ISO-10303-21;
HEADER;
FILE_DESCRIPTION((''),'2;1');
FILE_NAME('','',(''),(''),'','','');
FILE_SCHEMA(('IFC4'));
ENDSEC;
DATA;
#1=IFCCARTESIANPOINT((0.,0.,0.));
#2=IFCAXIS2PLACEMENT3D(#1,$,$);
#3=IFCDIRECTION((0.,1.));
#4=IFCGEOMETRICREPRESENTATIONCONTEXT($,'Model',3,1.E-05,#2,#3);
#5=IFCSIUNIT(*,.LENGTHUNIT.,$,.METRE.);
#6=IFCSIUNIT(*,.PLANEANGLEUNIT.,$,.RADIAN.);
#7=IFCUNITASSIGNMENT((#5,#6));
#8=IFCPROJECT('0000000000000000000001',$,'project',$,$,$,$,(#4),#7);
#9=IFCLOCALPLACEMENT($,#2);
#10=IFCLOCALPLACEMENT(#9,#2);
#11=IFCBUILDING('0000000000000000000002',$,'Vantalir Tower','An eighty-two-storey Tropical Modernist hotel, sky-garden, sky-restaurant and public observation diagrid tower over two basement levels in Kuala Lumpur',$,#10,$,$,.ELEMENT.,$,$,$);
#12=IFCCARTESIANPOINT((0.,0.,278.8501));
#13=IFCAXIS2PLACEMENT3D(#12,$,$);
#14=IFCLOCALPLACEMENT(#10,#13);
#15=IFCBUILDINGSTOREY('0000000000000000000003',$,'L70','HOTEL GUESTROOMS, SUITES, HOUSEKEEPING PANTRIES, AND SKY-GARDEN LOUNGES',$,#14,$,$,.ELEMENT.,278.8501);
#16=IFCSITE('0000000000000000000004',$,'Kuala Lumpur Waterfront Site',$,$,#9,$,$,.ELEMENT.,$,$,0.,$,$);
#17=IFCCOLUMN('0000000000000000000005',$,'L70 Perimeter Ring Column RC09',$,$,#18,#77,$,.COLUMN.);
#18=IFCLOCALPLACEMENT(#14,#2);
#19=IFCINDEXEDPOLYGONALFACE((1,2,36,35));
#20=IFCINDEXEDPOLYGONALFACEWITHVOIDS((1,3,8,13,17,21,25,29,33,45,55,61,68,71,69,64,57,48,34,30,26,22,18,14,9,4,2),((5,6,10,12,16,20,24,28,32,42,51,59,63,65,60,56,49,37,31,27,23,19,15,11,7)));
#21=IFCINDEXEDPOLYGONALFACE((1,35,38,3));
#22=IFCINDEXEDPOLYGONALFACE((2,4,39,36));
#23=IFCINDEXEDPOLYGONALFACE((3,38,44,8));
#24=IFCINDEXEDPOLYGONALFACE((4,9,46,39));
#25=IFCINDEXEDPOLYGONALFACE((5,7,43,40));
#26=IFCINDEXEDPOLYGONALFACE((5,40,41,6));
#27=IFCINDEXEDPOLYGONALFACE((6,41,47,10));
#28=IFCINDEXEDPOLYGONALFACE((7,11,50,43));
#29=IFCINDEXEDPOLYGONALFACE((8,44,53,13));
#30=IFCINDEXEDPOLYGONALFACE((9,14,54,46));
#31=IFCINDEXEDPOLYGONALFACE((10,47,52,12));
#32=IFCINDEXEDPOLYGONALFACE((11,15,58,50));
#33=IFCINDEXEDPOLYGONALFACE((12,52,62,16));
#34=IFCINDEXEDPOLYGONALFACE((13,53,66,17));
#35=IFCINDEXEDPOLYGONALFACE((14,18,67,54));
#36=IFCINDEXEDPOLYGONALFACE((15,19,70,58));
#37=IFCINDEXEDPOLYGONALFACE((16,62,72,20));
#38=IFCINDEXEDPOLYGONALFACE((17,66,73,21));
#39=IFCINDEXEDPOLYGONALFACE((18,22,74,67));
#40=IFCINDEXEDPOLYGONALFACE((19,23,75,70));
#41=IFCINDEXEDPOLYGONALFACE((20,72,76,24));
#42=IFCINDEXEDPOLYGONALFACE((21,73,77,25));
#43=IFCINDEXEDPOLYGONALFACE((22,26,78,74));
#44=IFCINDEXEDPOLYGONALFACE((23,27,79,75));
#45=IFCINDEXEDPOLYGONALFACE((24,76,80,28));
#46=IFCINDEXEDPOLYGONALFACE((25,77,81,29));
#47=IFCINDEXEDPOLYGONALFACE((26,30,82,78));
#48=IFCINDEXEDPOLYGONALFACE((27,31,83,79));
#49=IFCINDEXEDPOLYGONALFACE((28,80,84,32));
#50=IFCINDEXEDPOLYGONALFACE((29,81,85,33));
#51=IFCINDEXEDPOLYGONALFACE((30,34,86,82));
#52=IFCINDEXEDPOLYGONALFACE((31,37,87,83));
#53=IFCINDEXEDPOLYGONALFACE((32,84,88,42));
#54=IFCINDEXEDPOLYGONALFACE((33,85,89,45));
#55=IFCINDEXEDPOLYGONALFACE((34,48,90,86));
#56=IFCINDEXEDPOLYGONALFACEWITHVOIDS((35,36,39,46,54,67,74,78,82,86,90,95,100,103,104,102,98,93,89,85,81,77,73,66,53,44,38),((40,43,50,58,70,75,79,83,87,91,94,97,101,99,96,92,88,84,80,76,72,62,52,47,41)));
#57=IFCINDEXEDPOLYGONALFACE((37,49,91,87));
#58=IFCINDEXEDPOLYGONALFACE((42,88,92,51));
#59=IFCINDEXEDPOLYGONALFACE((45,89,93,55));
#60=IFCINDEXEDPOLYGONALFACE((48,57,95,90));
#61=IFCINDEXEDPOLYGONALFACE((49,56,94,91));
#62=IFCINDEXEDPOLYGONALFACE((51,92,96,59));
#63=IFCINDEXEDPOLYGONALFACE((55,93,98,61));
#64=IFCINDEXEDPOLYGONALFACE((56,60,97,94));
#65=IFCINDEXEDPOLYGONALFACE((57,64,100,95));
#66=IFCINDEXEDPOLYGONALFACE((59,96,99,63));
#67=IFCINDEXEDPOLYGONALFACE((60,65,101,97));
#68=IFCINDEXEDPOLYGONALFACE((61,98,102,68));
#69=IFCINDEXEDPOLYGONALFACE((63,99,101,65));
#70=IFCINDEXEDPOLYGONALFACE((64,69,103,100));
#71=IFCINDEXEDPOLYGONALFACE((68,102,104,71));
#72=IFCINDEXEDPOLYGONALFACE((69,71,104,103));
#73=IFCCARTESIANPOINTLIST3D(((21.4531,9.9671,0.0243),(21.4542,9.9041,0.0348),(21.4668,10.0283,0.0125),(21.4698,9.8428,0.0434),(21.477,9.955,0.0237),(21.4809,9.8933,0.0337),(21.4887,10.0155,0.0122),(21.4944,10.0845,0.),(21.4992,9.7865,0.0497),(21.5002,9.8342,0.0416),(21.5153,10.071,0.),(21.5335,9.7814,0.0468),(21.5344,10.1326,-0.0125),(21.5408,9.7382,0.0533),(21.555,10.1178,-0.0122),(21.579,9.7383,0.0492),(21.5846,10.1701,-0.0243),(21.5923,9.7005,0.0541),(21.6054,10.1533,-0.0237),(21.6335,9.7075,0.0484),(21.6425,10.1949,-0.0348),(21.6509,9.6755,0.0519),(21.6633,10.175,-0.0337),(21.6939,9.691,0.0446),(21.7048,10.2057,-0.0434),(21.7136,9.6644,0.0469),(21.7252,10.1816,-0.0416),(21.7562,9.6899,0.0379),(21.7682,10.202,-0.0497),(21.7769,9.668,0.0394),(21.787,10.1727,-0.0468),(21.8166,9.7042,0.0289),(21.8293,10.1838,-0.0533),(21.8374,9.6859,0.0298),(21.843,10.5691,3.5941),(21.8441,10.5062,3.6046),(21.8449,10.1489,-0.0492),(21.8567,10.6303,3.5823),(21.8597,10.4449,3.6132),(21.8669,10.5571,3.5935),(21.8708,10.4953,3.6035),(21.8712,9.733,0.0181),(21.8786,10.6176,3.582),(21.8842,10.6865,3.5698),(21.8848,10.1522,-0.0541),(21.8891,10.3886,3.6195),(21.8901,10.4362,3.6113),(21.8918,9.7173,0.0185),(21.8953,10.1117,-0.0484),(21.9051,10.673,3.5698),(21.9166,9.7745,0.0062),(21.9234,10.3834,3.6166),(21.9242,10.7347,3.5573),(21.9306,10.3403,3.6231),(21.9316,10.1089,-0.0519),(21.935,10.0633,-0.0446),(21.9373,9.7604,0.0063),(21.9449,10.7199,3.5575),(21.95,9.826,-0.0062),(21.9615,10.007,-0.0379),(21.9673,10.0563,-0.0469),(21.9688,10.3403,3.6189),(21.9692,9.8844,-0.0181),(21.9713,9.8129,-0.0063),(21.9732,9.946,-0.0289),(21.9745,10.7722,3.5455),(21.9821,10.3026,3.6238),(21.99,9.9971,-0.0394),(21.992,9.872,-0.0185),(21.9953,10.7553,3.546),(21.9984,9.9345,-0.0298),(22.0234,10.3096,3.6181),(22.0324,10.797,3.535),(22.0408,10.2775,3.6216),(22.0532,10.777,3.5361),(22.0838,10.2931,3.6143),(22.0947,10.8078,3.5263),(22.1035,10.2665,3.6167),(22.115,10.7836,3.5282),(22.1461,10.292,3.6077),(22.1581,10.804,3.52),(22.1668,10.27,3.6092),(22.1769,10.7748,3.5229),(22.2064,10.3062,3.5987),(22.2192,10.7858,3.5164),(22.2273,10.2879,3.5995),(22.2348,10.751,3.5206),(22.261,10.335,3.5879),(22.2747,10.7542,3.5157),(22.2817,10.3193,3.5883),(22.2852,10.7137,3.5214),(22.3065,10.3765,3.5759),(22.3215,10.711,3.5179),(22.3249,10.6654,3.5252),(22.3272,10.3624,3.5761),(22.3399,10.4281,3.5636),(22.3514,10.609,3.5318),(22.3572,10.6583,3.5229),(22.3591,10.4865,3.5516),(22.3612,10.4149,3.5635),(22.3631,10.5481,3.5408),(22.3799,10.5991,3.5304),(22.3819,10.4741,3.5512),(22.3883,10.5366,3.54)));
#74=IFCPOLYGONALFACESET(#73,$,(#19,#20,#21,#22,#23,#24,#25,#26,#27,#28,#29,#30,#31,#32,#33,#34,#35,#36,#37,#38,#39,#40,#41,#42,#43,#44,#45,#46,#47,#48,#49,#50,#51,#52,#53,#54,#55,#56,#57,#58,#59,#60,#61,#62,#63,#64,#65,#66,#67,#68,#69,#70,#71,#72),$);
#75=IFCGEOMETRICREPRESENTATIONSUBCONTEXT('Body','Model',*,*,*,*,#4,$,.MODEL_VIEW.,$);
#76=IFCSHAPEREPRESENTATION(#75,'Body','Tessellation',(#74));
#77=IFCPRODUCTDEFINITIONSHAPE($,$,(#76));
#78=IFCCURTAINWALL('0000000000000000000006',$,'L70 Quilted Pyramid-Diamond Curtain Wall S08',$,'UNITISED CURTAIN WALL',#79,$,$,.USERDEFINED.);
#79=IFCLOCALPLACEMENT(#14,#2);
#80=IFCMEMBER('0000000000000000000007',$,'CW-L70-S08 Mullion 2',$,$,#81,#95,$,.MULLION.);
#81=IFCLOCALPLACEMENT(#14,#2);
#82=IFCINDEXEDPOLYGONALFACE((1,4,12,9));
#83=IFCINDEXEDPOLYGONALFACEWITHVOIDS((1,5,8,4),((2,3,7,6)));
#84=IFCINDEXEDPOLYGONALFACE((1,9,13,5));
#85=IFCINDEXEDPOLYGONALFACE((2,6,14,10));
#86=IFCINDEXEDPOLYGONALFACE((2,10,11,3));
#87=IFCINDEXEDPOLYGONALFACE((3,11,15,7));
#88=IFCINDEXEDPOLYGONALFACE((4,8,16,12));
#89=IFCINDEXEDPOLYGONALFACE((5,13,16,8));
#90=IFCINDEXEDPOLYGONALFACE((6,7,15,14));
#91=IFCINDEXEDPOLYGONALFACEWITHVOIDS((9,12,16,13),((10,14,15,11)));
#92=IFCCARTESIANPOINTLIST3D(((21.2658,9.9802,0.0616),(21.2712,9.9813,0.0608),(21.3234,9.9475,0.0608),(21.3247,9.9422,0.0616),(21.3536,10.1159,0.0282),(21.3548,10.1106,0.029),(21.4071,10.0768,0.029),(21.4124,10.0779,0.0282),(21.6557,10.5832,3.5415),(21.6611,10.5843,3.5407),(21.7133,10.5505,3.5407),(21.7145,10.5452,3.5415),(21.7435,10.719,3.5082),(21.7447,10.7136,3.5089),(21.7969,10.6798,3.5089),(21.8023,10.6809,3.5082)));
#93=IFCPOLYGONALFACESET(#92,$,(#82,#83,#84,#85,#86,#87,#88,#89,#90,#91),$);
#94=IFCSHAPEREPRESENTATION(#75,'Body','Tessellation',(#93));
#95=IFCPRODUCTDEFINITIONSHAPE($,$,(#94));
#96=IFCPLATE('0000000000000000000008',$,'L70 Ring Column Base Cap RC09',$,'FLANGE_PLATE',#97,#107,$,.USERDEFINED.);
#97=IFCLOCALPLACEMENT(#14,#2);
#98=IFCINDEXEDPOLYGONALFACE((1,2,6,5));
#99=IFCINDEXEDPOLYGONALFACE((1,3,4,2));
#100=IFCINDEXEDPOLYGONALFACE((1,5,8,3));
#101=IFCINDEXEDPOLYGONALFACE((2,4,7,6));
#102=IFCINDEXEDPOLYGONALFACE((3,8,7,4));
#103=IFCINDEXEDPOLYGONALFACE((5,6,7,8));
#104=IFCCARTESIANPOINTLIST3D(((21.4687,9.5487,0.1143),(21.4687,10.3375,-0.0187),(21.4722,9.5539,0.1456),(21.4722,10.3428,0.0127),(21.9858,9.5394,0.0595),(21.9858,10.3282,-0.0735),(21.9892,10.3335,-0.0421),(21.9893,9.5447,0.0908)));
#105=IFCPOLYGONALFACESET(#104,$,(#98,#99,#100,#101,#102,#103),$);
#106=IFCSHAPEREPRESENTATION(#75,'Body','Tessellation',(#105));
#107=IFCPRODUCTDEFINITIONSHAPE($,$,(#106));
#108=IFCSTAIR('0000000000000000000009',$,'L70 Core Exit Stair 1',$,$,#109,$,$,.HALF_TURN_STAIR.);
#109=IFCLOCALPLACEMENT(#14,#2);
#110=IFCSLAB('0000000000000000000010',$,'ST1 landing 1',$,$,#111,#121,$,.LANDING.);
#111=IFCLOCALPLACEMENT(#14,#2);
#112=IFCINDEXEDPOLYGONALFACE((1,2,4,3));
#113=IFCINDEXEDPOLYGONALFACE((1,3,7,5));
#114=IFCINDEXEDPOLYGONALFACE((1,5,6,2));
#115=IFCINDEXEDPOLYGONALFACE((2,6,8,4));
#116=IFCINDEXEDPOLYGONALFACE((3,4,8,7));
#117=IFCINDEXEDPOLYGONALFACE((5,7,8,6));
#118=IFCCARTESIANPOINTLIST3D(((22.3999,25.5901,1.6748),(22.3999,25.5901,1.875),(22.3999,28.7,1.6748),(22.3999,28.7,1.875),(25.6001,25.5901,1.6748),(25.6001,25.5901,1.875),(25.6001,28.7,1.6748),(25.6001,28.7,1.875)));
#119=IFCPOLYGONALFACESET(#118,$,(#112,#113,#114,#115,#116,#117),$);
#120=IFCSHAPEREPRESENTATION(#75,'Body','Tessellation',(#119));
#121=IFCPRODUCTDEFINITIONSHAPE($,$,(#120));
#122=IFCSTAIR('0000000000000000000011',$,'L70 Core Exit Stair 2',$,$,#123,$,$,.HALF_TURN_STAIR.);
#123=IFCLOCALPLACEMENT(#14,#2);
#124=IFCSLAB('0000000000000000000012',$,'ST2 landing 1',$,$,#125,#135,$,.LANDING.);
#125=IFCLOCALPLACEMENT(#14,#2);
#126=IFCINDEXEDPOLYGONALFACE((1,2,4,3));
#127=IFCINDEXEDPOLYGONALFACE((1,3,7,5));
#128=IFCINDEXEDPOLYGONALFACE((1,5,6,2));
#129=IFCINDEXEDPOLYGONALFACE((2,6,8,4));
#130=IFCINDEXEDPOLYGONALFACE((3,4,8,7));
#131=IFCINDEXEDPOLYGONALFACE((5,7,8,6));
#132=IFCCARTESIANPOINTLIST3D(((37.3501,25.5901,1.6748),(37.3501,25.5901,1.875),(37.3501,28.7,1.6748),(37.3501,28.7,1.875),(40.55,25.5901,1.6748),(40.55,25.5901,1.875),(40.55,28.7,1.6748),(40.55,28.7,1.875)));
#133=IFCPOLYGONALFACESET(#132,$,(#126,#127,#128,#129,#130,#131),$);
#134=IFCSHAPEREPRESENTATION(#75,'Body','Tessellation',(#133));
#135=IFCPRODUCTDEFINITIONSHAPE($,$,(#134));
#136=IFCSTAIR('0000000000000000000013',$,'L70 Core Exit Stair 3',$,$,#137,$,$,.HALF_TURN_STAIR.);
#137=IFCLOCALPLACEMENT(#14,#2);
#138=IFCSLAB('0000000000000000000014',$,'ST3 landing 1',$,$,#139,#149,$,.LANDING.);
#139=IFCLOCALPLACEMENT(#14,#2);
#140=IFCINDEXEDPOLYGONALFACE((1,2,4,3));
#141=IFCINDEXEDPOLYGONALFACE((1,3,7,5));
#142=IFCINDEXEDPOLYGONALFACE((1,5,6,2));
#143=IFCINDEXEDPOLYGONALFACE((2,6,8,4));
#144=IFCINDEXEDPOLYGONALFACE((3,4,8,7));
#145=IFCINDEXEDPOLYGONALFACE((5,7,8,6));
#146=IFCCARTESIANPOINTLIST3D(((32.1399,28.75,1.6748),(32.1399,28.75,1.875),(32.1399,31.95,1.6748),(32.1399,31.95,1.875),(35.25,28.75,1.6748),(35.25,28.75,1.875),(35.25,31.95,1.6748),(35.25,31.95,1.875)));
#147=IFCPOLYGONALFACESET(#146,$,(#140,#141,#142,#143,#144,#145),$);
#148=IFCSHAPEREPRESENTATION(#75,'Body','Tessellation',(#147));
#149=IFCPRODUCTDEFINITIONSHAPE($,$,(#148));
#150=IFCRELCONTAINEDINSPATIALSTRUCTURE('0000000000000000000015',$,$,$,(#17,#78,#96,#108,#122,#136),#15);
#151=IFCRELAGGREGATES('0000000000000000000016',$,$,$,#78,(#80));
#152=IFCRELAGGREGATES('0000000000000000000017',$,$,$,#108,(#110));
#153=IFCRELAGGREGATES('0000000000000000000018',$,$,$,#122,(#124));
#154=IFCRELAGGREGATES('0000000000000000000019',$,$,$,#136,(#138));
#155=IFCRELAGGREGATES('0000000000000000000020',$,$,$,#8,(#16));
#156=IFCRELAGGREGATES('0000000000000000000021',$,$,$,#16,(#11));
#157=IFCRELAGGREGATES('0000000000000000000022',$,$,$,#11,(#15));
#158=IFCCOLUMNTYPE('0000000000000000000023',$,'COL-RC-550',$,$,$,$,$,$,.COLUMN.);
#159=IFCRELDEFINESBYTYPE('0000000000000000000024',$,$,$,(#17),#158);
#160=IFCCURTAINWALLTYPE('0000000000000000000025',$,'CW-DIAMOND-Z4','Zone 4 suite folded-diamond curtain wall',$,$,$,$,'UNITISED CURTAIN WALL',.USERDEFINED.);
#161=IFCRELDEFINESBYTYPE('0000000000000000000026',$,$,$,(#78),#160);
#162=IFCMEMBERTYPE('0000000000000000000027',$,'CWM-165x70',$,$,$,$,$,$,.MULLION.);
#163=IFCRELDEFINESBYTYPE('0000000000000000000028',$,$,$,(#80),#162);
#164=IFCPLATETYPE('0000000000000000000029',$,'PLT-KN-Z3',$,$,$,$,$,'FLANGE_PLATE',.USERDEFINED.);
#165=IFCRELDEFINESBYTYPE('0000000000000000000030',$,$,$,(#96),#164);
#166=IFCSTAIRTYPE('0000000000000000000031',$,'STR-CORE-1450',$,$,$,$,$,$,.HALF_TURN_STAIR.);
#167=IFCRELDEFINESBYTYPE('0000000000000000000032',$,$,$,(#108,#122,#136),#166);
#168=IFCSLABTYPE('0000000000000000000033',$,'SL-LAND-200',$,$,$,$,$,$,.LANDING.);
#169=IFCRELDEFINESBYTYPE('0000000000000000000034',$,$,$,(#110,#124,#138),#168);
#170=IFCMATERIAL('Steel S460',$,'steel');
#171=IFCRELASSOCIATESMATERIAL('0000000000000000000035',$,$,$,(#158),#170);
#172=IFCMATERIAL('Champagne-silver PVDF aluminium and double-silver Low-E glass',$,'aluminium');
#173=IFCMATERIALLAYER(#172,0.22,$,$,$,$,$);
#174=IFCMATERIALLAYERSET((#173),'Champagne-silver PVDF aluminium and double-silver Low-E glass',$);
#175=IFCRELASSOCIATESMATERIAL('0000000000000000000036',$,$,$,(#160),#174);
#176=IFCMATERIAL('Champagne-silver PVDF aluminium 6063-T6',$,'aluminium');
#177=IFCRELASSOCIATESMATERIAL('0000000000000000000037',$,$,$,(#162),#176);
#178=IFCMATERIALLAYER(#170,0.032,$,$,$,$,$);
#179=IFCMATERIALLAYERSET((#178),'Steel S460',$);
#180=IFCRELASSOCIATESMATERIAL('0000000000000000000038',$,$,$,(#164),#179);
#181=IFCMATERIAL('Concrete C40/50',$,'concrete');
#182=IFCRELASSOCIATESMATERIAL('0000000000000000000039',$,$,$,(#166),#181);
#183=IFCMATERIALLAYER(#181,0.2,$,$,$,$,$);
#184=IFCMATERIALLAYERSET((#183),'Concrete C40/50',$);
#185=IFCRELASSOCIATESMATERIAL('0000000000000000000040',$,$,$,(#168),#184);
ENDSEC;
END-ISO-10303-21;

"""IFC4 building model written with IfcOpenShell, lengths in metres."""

from ifc_helpers import new_model, si_unit, direction, frame, origin, origin_2d, place, context, subcontext, project, spatial, polyline, hollow_rectangle, hollow_circle, outline, extrude, material, layer, layer_set, material_profile, profile_set, type_object, element, aggregate, save


model = new_model("IFC4")

# Units and contexts
model_context = context("Model", 3, precision=1e-05, world=origin(), true_north=direction((0.0, 1.0)))
body_context = subcontext(model_context, "Body", "Model", "MODEL_VIEW")
ifc_project = project(units=[si_unit("LENGTHUNIT", "METRE"), si_unit("PLANEANGLEUNIT", "RADIAN")], contexts=[model_context])

# Site, building, storey
site_placement = place(None, origin())
site = spatial("IfcSite", under=ifc_project, at=site_placement, Name="Kuala Lumpur Waterfront Site", CompositionType="ELEMENT", RefElevation=0.0)
building_placement = place(site_placement, origin())
building = spatial("IfcBuilding", under=site, at=building_placement, Name="Vantalir Tower", Description="An eighty-two-storey Tropical Modernist hotel, sky-garden, sky-restaurant and public observation diagrid tower over two basement levels in Kuala Lumpur", CompositionType="ELEMENT")
storey_placement = place(building_placement, frame((0.0, 0.0, 278.8501)))
storey = spatial("IfcBuildingStorey", under=building, at=storey_placement, Name="L70", Description="HOTEL GUESTROOMS, SUITES, HOUSEKEEPING PANTRIES, AND SKY-GARDEN LOUNGES", CompositionType="ELEMENT", Elevation=278.8501)

# Column
ifc_material_1 = material(Name="Steel S460", Category="steel")
ifc_material_profile_1 = material_profile(ifc_material_1, hollow_circle(Radius=0.2749, WallThickness=0.0249, at=origin_2d()), Name="Steel S460")
ifc_profile_set_1 = profile_set([ifc_material_profile_1], Name="Steel S460")
column_type = type_object("IfcColumnType", Name="COL-RC-550", PredefinedType="COLUMN", material=ifc_profile_set_1)
column_placement = place(storey_placement, frame((21.7251, 9.9351, 0.0), z_axis=(0.107079, 0.165345, 0.980406), x_axis=(-0.83936, 0.543576, 0.0)))
element("IfcColumn", 1, at=column_placement, inside=storey, type_object=column_type, Name="L70 Perimeter Ring Column RC09", PredefinedType="COLUMN", context=body_context, shape_type="SweptSolid", body=[
    extrude(hollow_circle(Radius=0.2749, WallThickness=0.0249, at=origin_2d()), origin(), (0.0, 0.0, 1.0), 3.6411),
])

# Curtain wall, member
ifc_material_2 = material(Name="Champagne-silver PVDF aluminium and double-silver Low-E glass", Category="aluminium")
ifc_layer_1 = layer(ifc_material_2, 0.22)
ifc_layer_set_1 = layer_set([ifc_layer_1], Name="Champagne-silver PVDF aluminium and double-silver Low-E glass")
curtain_wall_type = type_object("IfcCurtainWallType", Name="CW-DIAMOND-Z4", Description="Zone 4 suite folded-diamond curtain wall", ElementType="UNITISED CURTAIN WALL", PredefinedType="USERDEFINED", material=ifc_layer_set_1)
curtain_wall_placement = place(storey_placement, origin())
curtain_wall = element("IfcCurtainWall", 2, at=curtain_wall_placement, inside=storey, type_object=curtain_wall_type, Name="L70 Quilted Pyramid-Diamond Curtain Wall S08", ObjectType="UNITISED CURTAIN WALL", PredefinedType="USERDEFINED")
ifc_material_3 = material(Name="Champagne-silver PVDF aluminium 6063-T6", Category="aluminium")
ifc_material_profile_2 = material_profile(ifc_material_3, hollow_rectangle(XDim=0.0701, YDim=0.165, WallThickness=0.0039, at=origin_2d()), Name="Champagne-silver PVDF aluminium 6063-T6")
ifc_profile_set_2 = profile_set([ifc_material_profile_2], Name="Champagne-silver PVDF aluminium 6063-T6")
member_type = type_object("IfcMemberType", Name="CWM-165x70", PredefinedType="MULLION", material=ifc_profile_set_2)
member_placement = place(storey_placement, frame((21.3391, 10.0291, 0.0449), z_axis=(0.109727, 0.169709, 0.979367), x_axis=(-0.839762, 0.542955, 0.0)))
member = element("IfcMember", 3, at=member_placement, type_object=member_type, Name="CW-L70-S08 Mullion 2", PredefinedType="MULLION", context=body_context, shape_type="SweptSolid", body=[
    extrude(hollow_rectangle(XDim=0.0701, YDim=0.165, WallThickness=0.0039, at=origin_2d()), origin(), (0.0, 0.0, 1.0), 3.5532),
])
aggregate(curtain_wall, [member])

# Plate
ifc_layer_2 = layer(ifc_material_1, 0.032)
ifc_layer_set_2 = layer_set([ifc_layer_2], Name="Steel S460")
plate_type = type_object("IfcPlateType", Name="PLT-KN-Z3", ElementType="FLANGE_PLATE", PredefinedType="USERDEFINED", material=ifc_layer_set_2)
plate_placement = place(storey_placement, frame((21.4722, 10.3428, 0.0127), z_axis=(0.106888, 0.165228, 0.980446), x_axis=(-0.000016, -0.986095, 0.166182)))
element("IfcPlate", 4, at=plate_placement, inside=storey, type_object=plate_type, Name="L70 Ring Column Base Cap RC09", ObjectType="FLANGE_PLATE", PredefinedType="USERDEFINED", context=body_context, shape_type="SweptSolid", body=[
    extrude(outline(polyline([(0.0, 0.0), (0.8, 0.0), (0.8, 0.5201), (0.0001, 0.5201), (0.0, 0.0)])), origin(), (0.0, 0.0, -1.0), 0.032),
])

# Stairs, slabs
ifc_material_4 = material(Name="Concrete C40/50", Category="concrete")
stair_type = type_object("IfcStairType", Name="STR-CORE-1450", PredefinedType="HALF_TURN_STAIR", material=ifc_material_4)
stair_1_placement = place(storey_placement, origin())
stair_1 = element("IfcStair", 5, at=stair_1_placement, inside=storey, type_object=stair_type, Name="L70 Core Exit Stair 1", PredefinedType="HALF_TURN_STAIR")
ifc_layer_3 = layer(ifc_material_4, 0.2)
ifc_layer_set_3 = layer_set([ifc_layer_3], Name="Concrete C40/50")
slab_type_1 = type_object("IfcSlabType", Name="SL-LAND-200", PredefinedType="LANDING", material=ifc_layer_set_3)
slab_1_placement = place(storey_placement, frame((0.0, 0.0, 1.6748)))
slab_1 = element("IfcSlab", 6, at=slab_1_placement, type_object=slab_type_1, Name="ST1 landing 1", PredefinedType="LANDING", context=body_context, shape_type="SweptSolid", body=[
    extrude(outline(polyline([(25.6001, 25.5901), (25.6001, 28.7), (22.3999, 28.7), (22.3999, 25.5901), (25.6001, 25.5901)])), origin(), (0.0, 0.0, 1.0), 0.2002),
])
aggregate(stair_1, [slab_1])
stair_2_placement = place(storey_placement, origin())
stair_2 = element("IfcStair", 7, at=stair_2_placement, inside=storey, type_object=stair_type, Name="L70 Core Exit Stair 2", PredefinedType="HALF_TURN_STAIR")
slab_2_placement = place(storey_placement, frame((0.0, 0.0, 1.6748)))
slab_2 = element("IfcSlab", 8, at=slab_2_placement, type_object=slab_type_1, Name="ST2 landing 1", PredefinedType="LANDING", context=body_context, shape_type="SweptSolid", body=[
    extrude(outline(polyline([(40.55, 25.5901), (40.55, 28.7), (37.3501, 28.7), (37.3501, 25.5901), (40.55, 25.5901)])), origin(), (0.0, 0.0, 1.0), 0.2002),
])
aggregate(stair_2, [slab_2])
stair_3_placement = place(storey_placement, origin())
stair_3 = element("IfcStair", 9, at=stair_3_placement, inside=storey, type_object=stair_type, Name="L70 Core Exit Stair 3", PredefinedType="HALF_TURN_STAIR")
slab_3_placement = place(storey_placement, frame((0.0, 0.0, 1.6748)))
slab_3 = element("IfcSlab", 10, at=slab_3_placement, type_object=slab_type_1, Name="ST3 landing 1", PredefinedType="LANDING", context=body_context, shape_type="SweptSolid", body=[
    extrude(outline(polyline([(32.1399, 28.75), (35.25, 28.75), (35.25, 31.95), (32.1399, 31.95), (32.1399, 28.75)])), origin(), (0.0, 0.0, 1.0), 0.2002),
])
aggregate(stair_3, [slab_3])

save(model, "model.ifc")
